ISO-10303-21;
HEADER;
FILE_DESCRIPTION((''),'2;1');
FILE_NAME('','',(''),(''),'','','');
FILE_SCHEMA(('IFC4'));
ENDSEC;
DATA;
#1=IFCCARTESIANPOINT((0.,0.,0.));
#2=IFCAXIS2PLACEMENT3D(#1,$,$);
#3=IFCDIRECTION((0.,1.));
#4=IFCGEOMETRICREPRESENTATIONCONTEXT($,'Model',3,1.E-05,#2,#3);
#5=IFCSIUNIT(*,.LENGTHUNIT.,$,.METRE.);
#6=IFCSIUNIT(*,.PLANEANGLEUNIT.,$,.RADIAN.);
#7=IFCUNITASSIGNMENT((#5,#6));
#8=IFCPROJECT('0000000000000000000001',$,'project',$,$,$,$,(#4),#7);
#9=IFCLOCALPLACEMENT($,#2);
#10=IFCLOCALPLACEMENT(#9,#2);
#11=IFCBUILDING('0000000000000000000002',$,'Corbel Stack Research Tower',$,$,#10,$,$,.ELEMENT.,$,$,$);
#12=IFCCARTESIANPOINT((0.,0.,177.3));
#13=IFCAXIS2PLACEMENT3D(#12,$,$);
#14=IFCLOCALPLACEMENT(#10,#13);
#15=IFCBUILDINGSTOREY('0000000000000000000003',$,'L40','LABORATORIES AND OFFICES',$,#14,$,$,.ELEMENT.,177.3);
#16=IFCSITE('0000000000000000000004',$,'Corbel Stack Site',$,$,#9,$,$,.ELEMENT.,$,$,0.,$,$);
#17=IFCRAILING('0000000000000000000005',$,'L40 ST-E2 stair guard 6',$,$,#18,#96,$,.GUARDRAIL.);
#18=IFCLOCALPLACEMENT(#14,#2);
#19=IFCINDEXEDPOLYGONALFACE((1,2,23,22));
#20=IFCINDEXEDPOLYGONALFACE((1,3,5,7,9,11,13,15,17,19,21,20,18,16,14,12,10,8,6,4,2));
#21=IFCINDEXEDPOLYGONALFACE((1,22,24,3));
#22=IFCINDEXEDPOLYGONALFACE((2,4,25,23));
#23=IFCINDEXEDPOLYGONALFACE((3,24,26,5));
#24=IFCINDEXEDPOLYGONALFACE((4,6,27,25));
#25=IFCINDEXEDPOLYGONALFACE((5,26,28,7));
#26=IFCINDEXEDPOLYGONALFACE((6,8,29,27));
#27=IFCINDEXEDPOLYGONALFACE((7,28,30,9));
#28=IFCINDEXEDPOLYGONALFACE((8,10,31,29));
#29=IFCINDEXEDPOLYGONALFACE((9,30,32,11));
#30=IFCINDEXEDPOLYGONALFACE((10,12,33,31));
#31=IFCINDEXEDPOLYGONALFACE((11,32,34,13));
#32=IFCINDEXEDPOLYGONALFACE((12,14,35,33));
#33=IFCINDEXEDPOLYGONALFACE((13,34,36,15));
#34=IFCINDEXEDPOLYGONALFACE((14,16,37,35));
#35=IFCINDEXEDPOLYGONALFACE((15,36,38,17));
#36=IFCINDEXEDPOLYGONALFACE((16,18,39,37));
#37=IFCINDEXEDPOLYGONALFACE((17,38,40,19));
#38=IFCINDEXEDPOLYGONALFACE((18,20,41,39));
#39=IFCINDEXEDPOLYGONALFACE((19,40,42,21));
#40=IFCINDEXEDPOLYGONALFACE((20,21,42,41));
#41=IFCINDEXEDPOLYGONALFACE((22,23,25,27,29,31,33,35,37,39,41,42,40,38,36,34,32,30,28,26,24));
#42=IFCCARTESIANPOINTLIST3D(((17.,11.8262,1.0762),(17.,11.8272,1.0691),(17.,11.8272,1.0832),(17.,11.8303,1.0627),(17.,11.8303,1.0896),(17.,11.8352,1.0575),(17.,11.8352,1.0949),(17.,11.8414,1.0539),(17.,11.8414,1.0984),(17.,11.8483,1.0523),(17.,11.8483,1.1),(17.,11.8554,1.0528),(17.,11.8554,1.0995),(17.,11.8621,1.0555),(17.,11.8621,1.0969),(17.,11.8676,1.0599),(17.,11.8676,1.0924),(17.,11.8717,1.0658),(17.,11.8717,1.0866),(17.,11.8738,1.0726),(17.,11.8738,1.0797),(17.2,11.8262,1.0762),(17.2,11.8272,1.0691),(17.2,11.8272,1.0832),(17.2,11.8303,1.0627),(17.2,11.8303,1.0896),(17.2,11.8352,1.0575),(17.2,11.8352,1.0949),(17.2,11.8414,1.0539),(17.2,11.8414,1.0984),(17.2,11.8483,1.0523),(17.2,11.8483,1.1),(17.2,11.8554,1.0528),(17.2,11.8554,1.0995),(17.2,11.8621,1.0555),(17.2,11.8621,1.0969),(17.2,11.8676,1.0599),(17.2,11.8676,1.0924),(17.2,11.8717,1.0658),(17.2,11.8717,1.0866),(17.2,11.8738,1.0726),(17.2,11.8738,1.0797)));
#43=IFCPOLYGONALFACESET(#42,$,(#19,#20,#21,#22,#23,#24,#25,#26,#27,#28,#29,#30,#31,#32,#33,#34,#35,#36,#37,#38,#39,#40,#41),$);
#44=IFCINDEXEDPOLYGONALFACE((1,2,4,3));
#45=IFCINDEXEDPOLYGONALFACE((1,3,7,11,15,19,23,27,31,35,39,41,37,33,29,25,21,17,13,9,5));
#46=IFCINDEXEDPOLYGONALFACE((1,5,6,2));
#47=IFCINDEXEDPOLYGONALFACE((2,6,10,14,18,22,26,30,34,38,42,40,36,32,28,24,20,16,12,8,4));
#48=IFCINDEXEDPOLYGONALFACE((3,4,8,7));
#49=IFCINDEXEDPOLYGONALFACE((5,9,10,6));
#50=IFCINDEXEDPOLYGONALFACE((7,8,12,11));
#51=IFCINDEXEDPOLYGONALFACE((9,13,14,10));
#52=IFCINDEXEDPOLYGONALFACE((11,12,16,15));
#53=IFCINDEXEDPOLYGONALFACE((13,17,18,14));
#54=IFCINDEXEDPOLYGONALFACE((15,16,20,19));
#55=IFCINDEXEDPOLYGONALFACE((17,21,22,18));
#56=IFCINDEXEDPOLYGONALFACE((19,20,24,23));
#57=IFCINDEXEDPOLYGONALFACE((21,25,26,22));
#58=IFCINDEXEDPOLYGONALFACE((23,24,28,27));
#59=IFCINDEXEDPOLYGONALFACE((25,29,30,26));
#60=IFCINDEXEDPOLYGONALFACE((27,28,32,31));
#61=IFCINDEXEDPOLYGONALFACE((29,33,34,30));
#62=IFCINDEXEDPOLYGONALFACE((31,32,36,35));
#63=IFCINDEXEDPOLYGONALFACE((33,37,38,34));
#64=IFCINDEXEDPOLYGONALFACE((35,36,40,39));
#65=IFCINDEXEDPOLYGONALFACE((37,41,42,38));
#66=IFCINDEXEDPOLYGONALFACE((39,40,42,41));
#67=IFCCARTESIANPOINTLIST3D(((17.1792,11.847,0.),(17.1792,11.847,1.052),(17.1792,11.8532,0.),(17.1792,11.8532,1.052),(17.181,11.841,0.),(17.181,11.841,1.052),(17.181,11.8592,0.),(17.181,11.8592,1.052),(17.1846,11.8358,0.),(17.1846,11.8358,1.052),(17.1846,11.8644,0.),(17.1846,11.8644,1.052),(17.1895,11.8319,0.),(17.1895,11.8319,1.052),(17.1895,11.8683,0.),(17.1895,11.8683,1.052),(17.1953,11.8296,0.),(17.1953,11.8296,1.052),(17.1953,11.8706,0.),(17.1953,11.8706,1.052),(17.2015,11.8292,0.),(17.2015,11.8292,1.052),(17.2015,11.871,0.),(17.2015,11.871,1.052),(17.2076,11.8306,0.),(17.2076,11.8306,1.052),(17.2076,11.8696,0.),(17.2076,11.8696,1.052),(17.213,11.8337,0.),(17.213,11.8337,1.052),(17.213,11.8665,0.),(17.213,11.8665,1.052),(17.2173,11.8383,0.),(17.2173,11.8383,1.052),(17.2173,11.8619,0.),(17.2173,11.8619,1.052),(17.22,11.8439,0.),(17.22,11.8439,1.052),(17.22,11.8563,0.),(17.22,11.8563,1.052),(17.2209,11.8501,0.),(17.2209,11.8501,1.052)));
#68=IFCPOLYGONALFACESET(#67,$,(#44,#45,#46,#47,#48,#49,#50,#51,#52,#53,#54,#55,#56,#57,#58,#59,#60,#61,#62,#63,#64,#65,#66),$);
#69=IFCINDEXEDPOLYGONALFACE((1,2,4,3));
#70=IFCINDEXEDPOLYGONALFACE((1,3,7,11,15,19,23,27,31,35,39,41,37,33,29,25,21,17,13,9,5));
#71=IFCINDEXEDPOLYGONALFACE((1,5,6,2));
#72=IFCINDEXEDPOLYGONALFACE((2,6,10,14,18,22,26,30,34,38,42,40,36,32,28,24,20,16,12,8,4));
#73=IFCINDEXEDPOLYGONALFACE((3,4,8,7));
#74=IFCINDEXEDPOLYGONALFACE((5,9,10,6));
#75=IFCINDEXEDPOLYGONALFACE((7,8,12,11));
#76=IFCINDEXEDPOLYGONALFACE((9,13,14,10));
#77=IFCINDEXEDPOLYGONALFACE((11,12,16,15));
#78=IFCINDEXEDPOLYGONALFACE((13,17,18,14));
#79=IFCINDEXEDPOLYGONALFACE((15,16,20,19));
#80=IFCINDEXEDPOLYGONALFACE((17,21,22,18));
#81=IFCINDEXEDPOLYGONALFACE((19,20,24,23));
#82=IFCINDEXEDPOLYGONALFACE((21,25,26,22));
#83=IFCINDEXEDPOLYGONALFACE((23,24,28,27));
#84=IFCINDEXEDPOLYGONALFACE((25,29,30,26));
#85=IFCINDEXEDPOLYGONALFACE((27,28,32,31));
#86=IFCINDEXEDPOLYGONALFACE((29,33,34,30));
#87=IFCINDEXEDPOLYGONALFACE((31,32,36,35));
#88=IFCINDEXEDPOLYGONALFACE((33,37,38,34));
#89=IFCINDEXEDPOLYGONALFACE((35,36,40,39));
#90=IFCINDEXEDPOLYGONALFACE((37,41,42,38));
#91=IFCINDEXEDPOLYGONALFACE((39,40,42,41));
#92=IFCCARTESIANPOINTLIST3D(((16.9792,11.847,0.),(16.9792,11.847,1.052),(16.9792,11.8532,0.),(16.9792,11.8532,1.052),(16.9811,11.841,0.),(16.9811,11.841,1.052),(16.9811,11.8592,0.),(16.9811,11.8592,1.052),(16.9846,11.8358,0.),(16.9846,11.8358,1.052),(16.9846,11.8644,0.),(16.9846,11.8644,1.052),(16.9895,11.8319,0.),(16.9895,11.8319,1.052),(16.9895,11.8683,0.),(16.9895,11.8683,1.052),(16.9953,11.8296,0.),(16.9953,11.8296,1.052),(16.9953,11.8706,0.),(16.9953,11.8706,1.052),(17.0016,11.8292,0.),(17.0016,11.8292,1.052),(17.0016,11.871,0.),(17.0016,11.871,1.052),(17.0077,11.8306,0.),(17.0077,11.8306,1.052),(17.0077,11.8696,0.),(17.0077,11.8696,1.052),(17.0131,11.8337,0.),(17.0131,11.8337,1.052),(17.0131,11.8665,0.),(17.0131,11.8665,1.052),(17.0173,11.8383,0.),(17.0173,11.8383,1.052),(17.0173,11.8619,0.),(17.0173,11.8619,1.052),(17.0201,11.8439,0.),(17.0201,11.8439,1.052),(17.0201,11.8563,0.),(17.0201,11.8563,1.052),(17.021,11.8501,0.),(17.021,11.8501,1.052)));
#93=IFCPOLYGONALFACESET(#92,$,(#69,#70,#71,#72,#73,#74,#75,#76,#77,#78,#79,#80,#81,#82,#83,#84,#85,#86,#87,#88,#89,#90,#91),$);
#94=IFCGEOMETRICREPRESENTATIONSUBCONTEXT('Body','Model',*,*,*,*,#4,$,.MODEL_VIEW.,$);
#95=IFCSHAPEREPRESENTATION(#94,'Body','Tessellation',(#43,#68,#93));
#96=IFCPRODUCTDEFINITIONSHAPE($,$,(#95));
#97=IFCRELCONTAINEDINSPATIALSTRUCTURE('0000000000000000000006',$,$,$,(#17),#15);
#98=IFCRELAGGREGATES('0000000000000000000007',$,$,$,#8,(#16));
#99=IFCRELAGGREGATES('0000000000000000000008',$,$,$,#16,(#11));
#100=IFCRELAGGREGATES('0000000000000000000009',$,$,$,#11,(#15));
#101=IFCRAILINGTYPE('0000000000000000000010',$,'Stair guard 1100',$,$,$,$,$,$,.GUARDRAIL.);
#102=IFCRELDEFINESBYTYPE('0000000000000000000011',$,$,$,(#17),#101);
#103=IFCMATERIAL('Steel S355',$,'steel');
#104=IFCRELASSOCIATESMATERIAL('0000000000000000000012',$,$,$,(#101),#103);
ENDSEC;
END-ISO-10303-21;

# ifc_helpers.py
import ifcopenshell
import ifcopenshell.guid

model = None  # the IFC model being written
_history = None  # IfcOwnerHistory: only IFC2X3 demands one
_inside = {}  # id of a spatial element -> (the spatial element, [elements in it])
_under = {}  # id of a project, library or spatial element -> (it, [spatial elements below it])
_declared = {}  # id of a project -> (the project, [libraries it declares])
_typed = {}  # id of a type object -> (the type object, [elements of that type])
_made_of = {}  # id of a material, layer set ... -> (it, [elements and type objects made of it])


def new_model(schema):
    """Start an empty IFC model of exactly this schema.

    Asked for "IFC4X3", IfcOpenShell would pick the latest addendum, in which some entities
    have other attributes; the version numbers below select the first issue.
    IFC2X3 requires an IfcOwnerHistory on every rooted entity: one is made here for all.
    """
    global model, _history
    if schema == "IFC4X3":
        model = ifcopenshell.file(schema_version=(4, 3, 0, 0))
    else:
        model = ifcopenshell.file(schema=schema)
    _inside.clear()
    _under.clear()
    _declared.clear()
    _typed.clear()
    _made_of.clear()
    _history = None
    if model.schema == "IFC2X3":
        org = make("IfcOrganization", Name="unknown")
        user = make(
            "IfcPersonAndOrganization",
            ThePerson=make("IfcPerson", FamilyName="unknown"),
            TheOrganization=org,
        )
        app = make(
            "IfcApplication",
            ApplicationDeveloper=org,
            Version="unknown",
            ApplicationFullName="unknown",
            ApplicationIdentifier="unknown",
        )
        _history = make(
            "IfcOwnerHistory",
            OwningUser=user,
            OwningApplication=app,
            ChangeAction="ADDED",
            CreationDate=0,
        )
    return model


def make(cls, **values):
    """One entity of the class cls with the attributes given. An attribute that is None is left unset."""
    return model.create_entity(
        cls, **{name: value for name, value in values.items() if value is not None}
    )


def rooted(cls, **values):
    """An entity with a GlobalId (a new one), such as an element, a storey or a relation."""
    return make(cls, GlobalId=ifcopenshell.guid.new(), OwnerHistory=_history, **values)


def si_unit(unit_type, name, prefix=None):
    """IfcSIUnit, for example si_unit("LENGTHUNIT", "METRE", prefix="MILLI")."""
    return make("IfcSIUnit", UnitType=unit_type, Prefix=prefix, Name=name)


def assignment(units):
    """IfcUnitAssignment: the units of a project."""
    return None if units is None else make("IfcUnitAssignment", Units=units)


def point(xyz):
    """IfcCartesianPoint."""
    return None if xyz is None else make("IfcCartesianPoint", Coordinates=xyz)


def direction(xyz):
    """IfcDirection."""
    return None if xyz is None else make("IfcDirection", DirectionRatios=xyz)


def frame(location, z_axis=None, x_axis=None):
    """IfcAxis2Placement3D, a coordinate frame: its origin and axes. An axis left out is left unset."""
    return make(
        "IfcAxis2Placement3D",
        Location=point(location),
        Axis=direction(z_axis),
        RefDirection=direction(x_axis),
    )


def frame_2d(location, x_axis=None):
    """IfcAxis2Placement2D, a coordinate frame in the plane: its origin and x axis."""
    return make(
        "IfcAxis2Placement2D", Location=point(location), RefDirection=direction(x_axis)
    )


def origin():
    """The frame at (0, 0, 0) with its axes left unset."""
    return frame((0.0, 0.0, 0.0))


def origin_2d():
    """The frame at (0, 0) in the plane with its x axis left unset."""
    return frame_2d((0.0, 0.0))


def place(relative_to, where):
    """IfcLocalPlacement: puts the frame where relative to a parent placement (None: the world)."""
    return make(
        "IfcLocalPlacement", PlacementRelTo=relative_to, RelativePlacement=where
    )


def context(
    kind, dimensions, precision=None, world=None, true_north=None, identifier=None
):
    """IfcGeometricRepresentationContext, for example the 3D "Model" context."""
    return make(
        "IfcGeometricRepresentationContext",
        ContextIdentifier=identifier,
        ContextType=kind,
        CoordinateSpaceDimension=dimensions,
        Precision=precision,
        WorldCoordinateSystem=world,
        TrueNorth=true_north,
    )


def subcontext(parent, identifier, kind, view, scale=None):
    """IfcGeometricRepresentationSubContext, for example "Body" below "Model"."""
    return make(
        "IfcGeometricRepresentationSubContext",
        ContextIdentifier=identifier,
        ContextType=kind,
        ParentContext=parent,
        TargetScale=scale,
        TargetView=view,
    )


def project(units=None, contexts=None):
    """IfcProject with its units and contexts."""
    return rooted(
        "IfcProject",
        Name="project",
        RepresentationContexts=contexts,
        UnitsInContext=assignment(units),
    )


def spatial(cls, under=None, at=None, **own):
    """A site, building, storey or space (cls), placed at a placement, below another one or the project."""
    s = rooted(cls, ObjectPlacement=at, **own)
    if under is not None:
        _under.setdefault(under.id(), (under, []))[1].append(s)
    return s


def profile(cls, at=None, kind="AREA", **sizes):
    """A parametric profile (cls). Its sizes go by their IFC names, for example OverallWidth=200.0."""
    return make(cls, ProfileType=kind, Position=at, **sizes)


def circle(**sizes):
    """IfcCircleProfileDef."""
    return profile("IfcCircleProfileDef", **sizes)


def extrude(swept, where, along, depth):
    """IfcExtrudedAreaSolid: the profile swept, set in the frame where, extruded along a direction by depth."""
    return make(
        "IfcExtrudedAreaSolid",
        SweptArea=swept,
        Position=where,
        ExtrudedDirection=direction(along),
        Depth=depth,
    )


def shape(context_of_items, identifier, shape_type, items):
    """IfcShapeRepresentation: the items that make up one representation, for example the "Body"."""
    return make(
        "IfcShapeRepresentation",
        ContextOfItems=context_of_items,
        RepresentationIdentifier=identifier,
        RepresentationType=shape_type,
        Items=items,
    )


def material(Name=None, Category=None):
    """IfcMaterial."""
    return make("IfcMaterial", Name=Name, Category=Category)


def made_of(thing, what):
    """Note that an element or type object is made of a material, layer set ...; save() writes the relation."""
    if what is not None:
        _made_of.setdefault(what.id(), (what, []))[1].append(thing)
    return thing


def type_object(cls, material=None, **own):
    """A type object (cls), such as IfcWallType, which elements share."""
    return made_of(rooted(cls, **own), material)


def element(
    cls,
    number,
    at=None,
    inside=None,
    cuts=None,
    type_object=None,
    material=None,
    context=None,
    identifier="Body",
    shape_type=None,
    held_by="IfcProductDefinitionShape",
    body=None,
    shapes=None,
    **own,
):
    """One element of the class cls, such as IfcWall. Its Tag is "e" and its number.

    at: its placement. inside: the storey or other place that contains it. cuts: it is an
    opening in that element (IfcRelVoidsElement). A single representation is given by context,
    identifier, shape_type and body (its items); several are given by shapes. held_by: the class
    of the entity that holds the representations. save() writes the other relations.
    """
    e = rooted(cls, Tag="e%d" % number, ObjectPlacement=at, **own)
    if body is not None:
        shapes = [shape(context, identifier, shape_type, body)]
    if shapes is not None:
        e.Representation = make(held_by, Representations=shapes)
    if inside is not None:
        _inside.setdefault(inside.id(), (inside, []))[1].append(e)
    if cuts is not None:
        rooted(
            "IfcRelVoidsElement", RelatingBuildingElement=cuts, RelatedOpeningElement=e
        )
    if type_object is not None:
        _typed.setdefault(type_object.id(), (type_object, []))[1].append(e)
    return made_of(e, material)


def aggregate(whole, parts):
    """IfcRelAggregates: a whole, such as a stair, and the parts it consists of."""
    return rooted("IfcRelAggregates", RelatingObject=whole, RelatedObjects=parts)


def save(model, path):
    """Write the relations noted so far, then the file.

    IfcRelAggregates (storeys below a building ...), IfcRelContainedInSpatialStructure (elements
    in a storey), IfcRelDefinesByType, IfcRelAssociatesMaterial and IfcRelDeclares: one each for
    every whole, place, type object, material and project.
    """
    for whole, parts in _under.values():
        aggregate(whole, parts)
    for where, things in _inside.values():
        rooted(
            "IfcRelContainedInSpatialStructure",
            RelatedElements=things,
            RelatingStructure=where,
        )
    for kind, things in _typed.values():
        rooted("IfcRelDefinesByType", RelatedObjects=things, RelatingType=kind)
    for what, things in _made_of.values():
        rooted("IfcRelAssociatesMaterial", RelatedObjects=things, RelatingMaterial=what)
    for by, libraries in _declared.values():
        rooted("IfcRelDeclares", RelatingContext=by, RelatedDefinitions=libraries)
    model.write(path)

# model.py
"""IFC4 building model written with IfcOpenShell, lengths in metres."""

from ifc_helpers import new_model, si_unit, direction, frame, origin, origin_2d, place, context, subcontext, project, spatial, circle, extrude, material, type_object, element, save


model = new_model("IFC4")

# Units and contexts
model_context = context("Model", 3, precision=1e-05, world=origin(), true_north=direction((0.0, 1.0)))
body_context = subcontext(model_context, "Body", "Model", "MODEL_VIEW")
ifc_project = project(units=[si_unit("LENGTHUNIT", "METRE"), si_unit("PLANEANGLEUNIT", "RADIAN")], contexts=[model_context])

# Site, building, storey
site_placement = place(None, origin())
site = spatial("IfcSite", under=ifc_project, at=site_placement, Name="Corbel Stack Site", CompositionType="ELEMENT", RefElevation=0.0)
building_placement = place(site_placement, origin())
building = spatial("IfcBuilding", under=site, at=building_placement, Name="Corbel Stack Research Tower", CompositionType="ELEMENT")
storey_placement = place(building_placement, frame((0.0, 0.0, 177.3)))
storey = spatial("IfcBuildingStorey", under=building, at=storey_placement, Name="L40", Description="LABORATORIES AND OFFICES", CompositionType="ELEMENT", Elevation=177.3)

# Railing
ifc_material_1 = material(Name="Steel S355", Category="steel")
railing_type_1 = type_object("IfcRailingType", Name="Stair guard 1100", PredefinedType="GUARDRAIL", material=ifc_material_1)
railing_1_placement = place(storey_placement, frame((17.2, 11.8501, 0.0)))
element("IfcRailing", 1, at=railing_1_placement, inside=storey, type_object=railing_type_1, Name="L40 ST-E2 stair guard 6", PredefinedType="GUARDRAIL", context=body_context, shape_type="SweptSolid", body=[
    extrude(circle(Radius=0.0239, at=origin_2d()), frame((0.0, 0.0, 1.0762), z_axis=(-1.0, 0.0, 0.0), x_axis=(0.0, -1.0, 0.0)), (0.0, 0.0, 1.0), 0.2),
    extrude(circle(Radius=0.021, at=origin_2d()), origin(), (0.0, 0.0, 1.0), 1.052),
    extrude(circle(Radius=0.021, at=origin_2d()), frame((-0.2, 0.0, 0.0)), (0.0, 0.0, 1.0), 1.052),
])

save(model, "model.ifc")
